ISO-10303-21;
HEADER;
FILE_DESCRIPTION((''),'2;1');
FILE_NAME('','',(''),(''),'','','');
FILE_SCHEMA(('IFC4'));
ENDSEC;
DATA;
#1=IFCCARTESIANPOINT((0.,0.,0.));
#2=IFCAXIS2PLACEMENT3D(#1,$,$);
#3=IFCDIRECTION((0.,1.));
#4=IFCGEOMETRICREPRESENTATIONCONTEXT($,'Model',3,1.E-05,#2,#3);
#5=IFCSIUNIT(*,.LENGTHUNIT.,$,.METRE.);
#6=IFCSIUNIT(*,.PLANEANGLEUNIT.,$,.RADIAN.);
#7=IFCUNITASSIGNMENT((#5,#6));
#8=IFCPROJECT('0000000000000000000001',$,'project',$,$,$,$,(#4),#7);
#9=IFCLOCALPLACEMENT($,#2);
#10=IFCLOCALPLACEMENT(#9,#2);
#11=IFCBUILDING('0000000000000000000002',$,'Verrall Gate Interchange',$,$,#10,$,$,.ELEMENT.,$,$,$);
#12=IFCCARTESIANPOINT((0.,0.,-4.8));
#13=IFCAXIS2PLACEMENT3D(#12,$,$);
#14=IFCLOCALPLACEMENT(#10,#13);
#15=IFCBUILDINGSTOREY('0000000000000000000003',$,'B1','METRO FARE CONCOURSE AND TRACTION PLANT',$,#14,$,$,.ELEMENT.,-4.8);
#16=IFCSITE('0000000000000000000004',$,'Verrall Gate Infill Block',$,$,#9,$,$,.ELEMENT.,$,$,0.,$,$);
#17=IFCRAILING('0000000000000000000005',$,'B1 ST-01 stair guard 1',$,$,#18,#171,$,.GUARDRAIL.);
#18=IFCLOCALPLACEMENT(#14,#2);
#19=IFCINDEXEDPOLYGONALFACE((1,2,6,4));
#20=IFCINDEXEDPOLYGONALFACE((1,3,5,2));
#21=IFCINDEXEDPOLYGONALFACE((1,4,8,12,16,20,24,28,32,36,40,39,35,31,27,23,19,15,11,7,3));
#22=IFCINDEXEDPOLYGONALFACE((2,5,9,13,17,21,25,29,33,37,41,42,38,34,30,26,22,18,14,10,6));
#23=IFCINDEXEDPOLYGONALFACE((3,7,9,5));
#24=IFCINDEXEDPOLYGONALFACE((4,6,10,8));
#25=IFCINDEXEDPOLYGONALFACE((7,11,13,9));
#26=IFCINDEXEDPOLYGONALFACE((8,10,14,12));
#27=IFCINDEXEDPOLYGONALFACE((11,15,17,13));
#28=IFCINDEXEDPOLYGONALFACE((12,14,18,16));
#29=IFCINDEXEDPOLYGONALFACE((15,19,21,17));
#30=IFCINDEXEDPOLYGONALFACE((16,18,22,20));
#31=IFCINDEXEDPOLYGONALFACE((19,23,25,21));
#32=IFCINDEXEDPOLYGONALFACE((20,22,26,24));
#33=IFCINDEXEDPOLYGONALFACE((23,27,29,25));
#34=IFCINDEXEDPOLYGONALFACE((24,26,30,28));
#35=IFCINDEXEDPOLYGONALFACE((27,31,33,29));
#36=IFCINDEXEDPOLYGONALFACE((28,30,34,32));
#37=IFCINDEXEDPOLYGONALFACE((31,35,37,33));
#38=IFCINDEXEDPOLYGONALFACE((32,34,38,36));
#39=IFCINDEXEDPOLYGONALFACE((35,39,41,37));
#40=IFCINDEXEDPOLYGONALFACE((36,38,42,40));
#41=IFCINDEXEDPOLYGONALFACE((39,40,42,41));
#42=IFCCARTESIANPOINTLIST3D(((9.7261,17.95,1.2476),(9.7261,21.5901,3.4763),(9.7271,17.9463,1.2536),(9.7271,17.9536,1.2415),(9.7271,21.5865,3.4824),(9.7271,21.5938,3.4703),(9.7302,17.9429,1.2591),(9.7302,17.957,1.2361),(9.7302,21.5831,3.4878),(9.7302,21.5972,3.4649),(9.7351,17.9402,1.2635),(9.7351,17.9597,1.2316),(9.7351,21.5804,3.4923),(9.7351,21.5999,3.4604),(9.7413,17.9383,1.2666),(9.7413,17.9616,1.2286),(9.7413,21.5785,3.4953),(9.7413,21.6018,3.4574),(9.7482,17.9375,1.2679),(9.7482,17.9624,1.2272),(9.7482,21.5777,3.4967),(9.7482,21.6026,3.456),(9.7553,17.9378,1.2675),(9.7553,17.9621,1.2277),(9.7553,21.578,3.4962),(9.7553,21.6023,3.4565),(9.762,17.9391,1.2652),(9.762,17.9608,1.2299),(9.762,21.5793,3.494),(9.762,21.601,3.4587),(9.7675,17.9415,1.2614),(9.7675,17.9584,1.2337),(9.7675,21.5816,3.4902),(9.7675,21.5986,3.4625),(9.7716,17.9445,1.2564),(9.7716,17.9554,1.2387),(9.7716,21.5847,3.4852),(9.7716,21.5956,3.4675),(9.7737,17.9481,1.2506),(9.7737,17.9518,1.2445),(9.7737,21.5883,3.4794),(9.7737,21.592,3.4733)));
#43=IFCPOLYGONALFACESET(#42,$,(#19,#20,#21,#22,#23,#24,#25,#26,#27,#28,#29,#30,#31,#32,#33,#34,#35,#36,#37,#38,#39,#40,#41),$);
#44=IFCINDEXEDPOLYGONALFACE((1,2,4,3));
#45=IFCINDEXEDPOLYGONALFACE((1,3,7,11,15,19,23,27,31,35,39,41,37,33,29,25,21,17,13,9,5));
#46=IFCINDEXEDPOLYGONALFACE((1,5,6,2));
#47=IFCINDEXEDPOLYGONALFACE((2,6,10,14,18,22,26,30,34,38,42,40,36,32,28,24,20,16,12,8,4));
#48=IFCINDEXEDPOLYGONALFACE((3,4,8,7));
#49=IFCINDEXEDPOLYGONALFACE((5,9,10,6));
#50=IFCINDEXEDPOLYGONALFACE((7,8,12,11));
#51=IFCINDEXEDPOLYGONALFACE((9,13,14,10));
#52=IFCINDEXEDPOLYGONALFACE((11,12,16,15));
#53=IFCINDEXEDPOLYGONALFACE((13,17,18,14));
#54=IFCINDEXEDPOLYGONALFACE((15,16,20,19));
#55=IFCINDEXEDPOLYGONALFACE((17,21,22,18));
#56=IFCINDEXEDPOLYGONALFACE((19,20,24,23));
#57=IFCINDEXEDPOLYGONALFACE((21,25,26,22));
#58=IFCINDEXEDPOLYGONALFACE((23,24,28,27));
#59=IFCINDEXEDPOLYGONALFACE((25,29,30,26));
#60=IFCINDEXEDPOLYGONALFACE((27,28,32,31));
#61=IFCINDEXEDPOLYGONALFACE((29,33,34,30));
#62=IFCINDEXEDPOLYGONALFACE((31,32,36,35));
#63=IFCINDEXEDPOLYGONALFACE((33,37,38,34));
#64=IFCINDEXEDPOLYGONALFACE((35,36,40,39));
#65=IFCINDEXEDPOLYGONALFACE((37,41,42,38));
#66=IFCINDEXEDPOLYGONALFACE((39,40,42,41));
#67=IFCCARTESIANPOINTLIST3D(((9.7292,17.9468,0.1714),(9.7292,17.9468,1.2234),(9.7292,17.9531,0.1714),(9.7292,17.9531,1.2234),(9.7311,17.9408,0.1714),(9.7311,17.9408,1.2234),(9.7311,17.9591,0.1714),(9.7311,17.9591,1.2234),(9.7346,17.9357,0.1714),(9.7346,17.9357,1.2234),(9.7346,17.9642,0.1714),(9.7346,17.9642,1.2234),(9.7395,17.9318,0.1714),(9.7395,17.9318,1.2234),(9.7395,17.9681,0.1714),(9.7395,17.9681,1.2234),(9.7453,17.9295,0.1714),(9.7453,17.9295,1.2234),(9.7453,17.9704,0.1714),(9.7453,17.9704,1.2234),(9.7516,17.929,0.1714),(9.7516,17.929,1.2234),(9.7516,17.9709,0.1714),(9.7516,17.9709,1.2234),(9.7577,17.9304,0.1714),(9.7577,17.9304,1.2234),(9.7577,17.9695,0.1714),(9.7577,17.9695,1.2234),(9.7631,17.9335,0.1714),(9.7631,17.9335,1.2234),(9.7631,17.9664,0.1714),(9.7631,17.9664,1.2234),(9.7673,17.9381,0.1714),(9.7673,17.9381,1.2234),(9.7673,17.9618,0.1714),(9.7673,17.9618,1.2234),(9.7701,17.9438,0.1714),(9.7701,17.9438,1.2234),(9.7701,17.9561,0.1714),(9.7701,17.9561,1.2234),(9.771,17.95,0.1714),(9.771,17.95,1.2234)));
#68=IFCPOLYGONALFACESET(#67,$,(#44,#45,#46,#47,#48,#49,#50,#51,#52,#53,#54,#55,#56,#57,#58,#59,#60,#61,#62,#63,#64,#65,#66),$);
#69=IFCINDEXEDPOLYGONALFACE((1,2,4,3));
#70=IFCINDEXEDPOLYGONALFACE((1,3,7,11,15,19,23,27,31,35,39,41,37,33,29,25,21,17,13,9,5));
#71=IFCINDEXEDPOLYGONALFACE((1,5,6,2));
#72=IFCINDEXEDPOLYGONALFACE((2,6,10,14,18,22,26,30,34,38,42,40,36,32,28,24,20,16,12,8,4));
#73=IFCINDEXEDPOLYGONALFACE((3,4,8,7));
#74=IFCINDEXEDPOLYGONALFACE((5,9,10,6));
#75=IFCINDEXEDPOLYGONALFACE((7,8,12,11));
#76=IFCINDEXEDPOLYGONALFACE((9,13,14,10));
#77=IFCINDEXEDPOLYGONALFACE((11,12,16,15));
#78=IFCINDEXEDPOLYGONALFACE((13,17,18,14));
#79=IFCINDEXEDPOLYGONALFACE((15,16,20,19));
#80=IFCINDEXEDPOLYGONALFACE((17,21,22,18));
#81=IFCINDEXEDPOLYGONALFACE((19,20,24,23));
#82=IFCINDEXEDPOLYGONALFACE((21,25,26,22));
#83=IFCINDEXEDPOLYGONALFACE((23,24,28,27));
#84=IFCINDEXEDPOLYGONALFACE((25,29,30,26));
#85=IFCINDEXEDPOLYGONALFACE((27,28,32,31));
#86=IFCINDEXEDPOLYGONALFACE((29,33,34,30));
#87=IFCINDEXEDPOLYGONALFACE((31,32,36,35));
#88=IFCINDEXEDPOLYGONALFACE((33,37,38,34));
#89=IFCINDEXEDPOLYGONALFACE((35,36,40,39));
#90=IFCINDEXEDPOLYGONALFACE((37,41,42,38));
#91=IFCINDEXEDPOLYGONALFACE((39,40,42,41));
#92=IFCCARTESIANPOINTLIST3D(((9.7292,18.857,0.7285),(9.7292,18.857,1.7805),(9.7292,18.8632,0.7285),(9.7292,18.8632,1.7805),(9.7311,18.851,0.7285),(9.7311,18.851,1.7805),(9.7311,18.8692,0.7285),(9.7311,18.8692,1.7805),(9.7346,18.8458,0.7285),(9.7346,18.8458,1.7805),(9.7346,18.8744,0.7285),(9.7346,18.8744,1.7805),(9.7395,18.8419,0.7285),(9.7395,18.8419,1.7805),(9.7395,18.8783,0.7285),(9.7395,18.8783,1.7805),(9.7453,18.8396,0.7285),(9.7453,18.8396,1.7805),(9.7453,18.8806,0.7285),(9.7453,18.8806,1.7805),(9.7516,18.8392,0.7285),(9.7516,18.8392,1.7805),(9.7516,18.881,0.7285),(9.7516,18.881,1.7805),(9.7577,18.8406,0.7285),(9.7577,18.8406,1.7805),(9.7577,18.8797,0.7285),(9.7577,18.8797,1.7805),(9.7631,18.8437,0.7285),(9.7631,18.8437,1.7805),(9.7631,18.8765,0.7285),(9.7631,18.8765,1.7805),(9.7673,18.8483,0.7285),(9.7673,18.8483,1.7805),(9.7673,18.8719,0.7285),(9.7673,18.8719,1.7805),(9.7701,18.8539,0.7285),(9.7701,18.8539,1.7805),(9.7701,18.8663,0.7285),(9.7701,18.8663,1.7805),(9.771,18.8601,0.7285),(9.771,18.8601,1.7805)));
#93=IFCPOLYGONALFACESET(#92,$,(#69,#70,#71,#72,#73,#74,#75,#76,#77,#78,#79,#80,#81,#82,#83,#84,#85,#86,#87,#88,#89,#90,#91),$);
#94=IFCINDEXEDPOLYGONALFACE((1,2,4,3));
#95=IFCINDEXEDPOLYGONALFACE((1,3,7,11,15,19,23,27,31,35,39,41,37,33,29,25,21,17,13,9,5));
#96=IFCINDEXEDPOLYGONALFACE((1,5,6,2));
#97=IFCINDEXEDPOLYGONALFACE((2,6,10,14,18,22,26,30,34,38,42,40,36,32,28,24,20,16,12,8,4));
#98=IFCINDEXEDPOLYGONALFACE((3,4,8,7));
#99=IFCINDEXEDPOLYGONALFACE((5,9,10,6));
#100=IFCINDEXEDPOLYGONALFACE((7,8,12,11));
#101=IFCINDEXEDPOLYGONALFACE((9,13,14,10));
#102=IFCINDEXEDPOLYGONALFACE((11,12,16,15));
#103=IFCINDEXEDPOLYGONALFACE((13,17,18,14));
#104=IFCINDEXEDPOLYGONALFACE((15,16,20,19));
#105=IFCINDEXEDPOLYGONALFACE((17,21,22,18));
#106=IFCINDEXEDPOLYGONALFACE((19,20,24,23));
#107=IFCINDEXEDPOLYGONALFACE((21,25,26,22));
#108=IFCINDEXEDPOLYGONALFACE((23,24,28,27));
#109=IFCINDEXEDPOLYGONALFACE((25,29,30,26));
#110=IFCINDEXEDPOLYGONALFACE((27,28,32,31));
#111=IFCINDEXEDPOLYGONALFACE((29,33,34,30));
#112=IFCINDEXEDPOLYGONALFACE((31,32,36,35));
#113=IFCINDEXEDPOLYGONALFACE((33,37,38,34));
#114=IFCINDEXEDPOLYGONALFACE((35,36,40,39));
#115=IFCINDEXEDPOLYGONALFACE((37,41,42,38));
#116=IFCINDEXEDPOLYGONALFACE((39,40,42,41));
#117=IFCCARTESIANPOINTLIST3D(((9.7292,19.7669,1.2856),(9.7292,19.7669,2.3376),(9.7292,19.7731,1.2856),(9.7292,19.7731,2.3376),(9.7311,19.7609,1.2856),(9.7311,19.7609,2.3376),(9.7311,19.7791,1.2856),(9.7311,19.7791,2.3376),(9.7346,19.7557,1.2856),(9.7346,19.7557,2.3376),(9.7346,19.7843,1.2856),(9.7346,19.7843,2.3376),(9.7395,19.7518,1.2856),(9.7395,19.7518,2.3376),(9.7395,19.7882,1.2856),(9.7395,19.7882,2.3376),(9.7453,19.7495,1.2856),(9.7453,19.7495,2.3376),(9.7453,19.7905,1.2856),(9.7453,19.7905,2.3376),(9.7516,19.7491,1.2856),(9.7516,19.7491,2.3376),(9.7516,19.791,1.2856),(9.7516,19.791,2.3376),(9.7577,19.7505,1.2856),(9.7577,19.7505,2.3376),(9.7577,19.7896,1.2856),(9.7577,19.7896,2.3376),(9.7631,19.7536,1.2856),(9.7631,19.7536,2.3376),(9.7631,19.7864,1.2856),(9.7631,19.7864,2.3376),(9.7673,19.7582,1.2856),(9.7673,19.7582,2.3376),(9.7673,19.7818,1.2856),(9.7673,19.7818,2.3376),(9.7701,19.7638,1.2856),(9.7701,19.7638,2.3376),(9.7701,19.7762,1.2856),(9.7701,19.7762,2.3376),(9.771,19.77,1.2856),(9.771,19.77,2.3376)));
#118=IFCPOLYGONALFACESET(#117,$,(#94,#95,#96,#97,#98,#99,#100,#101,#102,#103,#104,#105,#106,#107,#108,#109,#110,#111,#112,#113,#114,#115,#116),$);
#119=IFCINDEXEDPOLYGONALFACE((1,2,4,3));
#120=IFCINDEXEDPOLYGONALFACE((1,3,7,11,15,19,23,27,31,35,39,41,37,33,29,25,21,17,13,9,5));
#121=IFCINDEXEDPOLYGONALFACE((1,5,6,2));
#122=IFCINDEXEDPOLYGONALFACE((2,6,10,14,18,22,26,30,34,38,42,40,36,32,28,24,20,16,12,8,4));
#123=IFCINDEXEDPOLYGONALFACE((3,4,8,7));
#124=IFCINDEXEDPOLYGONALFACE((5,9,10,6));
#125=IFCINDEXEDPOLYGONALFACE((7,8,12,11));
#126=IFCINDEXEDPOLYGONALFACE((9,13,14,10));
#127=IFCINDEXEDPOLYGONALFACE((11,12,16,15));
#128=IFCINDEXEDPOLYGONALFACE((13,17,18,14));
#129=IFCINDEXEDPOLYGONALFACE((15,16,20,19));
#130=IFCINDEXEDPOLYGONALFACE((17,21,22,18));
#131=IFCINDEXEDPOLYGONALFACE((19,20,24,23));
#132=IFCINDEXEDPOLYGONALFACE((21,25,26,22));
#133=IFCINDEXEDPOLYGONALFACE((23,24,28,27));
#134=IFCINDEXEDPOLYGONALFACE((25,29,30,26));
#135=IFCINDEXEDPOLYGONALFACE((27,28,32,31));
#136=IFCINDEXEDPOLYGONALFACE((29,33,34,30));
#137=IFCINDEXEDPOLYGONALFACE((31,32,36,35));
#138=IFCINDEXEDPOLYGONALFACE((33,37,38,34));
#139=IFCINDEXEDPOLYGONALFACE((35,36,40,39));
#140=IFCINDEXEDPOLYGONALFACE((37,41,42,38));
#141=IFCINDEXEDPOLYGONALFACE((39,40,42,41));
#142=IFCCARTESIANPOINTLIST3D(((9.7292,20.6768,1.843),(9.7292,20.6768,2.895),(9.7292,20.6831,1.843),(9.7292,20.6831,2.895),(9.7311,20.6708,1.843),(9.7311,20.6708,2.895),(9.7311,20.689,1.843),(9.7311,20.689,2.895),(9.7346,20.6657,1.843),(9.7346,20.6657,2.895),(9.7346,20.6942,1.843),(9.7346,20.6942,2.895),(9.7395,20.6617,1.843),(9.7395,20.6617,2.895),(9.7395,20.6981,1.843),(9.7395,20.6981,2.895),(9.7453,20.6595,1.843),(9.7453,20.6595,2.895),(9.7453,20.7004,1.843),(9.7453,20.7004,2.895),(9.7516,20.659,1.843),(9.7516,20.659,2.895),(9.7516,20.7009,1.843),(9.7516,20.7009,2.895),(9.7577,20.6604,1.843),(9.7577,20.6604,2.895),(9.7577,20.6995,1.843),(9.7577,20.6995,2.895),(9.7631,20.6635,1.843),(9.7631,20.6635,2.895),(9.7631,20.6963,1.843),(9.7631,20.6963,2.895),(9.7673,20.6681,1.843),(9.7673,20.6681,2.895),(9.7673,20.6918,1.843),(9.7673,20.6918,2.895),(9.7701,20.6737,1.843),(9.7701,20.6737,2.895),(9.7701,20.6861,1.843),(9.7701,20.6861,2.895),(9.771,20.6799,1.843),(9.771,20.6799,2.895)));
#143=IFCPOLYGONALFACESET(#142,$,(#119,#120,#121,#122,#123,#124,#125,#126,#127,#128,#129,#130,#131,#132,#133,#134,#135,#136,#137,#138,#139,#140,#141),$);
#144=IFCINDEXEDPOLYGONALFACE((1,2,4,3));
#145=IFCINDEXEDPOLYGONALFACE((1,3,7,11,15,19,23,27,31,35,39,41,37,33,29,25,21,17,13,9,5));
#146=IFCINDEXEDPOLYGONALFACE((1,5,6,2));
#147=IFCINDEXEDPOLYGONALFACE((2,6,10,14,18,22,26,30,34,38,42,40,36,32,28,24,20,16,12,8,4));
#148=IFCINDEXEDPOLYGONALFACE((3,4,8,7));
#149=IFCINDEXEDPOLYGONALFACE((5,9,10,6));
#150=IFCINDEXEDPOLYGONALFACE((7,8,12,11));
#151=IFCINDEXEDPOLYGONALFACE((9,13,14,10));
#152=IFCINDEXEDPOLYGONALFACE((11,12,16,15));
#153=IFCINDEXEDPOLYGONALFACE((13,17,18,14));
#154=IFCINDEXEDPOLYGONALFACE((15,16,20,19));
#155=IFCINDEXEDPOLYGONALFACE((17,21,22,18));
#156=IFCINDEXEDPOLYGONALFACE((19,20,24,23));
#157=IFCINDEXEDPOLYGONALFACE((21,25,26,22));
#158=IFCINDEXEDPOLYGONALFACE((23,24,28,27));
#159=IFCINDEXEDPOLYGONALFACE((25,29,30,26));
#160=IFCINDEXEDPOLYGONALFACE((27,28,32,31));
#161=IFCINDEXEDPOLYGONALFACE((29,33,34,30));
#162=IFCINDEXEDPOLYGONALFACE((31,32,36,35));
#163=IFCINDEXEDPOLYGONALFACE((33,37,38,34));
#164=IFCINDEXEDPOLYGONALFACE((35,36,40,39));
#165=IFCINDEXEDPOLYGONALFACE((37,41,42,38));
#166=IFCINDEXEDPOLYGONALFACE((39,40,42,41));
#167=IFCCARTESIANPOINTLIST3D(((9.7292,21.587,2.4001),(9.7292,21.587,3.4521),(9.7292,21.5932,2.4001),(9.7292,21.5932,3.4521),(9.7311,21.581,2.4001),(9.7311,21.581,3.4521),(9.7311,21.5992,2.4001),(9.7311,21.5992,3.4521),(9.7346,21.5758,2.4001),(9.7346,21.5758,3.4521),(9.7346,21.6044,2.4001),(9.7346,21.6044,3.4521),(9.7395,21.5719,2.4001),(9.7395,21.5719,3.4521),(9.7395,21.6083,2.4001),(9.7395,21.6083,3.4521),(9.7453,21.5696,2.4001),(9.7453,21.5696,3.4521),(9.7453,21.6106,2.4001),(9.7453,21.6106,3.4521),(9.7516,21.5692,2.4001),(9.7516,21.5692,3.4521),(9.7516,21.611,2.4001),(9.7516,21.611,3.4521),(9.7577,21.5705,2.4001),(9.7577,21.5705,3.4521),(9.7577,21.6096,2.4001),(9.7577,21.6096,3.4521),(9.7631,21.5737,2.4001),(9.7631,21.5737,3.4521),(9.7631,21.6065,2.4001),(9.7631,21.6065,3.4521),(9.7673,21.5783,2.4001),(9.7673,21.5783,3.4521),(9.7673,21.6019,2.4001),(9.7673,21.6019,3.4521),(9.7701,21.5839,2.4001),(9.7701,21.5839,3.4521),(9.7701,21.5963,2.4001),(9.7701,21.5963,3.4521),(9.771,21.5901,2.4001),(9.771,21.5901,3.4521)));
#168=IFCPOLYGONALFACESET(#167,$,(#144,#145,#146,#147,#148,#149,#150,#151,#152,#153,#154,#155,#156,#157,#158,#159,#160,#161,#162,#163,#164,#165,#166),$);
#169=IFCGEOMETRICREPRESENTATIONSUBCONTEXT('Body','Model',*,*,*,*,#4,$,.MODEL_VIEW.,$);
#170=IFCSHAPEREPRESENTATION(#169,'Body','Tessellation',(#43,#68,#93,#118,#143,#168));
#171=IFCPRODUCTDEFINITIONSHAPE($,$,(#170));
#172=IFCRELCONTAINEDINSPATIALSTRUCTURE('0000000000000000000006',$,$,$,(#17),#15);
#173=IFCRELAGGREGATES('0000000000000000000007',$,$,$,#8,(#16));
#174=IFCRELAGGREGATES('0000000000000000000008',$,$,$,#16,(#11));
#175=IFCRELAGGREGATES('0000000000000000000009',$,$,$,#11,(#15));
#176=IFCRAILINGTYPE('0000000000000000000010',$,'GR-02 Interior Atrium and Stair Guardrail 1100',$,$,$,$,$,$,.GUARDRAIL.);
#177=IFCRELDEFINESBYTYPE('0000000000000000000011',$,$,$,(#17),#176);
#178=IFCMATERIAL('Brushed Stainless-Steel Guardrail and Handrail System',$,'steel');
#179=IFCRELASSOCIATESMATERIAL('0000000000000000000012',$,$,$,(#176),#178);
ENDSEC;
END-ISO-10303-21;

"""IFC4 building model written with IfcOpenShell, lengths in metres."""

from ifc_helpers import new_model, si_unit, direction, frame, origin, origin_2d, place, context, subcontext, project, spatial, circle, extrude, material, type_object, element, save


model = new_model("IFC4")

# Units and contexts
model_context = context("Model", 3, precision=1e-05, world=origin(), true_north=direction((0.0, 1.0)))
body_context = subcontext(model_context, "Body", "Model", "MODEL_VIEW")
ifc_project = project(units=[si_unit("LENGTHUNIT", "METRE"), si_unit("PLANEANGLEUNIT", "RADIAN")], contexts=[model_context])

# Site, building, storey
site_placement = place(None, origin())
site = spatial("IfcSite", under=ifc_project, at=site_placement, Name="Verrall Gate Infill Block", CompositionType="ELEMENT", RefElevation=0.0)
building_placement = place(site_placement, origin())
building = spatial("IfcBuilding", under=site, at=building_placement, Name="Verrall Gate Interchange", CompositionType="ELEMENT")
storey_placement = place(building_placement, frame((0.0, 0.0, -4.8)))
storey = spatial("IfcBuildingStorey", under=building, at=storey_placement, Name="B1", Description="METRO FARE CONCOURSE AND TRACTION PLANT", CompositionType="ELEMENT", Elevation=-4.8)

# Railing
ifc_material_1 = material(Name="Brushed Stainless-Steel Guardrail and Handrail System", Category="steel")
railing_type_1 = type_object("IfcRailingType", Name="GR-02 Interior Atrium and Stair Guardrail 1100", PredefinedType="GUARDRAIL", material=ifc_material_1)
railing_1_placement = place(storey_placement, frame((9.75, 17.95, 0.1714)))
element("IfcRailing", 1, at=railing_1_placement, inside=storey, type_object=railing_type_1, Name="B1 ST-01 stair guard 1", PredefinedType="GUARDRAIL", context=body_context, shape_type="SweptSolid", body=[
    extrude(circle(Radius=0.0239, at=origin_2d()), frame((0.0, 0.0, 1.0762), z_axis=(0.0, 0.85284, 0.522172), x_axis=(-1.0, 0.0, 0.0)), (0.0, 0.0, 1.0), 4.2683),
    extrude(circle(Radius=0.021, at=origin_2d()), origin(), (0.0, 0.0, 1.0), 1.052),
    extrude(circle(Radius=0.021, at=origin_2d()), frame((0.0, 0.9102, 0.5571)), (0.0, 0.0, 1.0), 1.052),
    extrude(circle(Radius=0.021, at=origin_2d()), frame((0.0, 1.8201, 1.1143)), (0.0, 0.0, 1.0), 1.052),
    extrude(circle(Radius=0.021, at=origin_2d()), frame((0.0, 2.73, 1.6716)), (0.0, 0.0, 1.0), 1.052),
    extrude(circle(Radius=0.021, at=origin_2d()), frame((0.0, 3.6401, 2.2288)), (0.0, 0.0, 1.0), 1.052),
])

save(model, "model.ifc")
